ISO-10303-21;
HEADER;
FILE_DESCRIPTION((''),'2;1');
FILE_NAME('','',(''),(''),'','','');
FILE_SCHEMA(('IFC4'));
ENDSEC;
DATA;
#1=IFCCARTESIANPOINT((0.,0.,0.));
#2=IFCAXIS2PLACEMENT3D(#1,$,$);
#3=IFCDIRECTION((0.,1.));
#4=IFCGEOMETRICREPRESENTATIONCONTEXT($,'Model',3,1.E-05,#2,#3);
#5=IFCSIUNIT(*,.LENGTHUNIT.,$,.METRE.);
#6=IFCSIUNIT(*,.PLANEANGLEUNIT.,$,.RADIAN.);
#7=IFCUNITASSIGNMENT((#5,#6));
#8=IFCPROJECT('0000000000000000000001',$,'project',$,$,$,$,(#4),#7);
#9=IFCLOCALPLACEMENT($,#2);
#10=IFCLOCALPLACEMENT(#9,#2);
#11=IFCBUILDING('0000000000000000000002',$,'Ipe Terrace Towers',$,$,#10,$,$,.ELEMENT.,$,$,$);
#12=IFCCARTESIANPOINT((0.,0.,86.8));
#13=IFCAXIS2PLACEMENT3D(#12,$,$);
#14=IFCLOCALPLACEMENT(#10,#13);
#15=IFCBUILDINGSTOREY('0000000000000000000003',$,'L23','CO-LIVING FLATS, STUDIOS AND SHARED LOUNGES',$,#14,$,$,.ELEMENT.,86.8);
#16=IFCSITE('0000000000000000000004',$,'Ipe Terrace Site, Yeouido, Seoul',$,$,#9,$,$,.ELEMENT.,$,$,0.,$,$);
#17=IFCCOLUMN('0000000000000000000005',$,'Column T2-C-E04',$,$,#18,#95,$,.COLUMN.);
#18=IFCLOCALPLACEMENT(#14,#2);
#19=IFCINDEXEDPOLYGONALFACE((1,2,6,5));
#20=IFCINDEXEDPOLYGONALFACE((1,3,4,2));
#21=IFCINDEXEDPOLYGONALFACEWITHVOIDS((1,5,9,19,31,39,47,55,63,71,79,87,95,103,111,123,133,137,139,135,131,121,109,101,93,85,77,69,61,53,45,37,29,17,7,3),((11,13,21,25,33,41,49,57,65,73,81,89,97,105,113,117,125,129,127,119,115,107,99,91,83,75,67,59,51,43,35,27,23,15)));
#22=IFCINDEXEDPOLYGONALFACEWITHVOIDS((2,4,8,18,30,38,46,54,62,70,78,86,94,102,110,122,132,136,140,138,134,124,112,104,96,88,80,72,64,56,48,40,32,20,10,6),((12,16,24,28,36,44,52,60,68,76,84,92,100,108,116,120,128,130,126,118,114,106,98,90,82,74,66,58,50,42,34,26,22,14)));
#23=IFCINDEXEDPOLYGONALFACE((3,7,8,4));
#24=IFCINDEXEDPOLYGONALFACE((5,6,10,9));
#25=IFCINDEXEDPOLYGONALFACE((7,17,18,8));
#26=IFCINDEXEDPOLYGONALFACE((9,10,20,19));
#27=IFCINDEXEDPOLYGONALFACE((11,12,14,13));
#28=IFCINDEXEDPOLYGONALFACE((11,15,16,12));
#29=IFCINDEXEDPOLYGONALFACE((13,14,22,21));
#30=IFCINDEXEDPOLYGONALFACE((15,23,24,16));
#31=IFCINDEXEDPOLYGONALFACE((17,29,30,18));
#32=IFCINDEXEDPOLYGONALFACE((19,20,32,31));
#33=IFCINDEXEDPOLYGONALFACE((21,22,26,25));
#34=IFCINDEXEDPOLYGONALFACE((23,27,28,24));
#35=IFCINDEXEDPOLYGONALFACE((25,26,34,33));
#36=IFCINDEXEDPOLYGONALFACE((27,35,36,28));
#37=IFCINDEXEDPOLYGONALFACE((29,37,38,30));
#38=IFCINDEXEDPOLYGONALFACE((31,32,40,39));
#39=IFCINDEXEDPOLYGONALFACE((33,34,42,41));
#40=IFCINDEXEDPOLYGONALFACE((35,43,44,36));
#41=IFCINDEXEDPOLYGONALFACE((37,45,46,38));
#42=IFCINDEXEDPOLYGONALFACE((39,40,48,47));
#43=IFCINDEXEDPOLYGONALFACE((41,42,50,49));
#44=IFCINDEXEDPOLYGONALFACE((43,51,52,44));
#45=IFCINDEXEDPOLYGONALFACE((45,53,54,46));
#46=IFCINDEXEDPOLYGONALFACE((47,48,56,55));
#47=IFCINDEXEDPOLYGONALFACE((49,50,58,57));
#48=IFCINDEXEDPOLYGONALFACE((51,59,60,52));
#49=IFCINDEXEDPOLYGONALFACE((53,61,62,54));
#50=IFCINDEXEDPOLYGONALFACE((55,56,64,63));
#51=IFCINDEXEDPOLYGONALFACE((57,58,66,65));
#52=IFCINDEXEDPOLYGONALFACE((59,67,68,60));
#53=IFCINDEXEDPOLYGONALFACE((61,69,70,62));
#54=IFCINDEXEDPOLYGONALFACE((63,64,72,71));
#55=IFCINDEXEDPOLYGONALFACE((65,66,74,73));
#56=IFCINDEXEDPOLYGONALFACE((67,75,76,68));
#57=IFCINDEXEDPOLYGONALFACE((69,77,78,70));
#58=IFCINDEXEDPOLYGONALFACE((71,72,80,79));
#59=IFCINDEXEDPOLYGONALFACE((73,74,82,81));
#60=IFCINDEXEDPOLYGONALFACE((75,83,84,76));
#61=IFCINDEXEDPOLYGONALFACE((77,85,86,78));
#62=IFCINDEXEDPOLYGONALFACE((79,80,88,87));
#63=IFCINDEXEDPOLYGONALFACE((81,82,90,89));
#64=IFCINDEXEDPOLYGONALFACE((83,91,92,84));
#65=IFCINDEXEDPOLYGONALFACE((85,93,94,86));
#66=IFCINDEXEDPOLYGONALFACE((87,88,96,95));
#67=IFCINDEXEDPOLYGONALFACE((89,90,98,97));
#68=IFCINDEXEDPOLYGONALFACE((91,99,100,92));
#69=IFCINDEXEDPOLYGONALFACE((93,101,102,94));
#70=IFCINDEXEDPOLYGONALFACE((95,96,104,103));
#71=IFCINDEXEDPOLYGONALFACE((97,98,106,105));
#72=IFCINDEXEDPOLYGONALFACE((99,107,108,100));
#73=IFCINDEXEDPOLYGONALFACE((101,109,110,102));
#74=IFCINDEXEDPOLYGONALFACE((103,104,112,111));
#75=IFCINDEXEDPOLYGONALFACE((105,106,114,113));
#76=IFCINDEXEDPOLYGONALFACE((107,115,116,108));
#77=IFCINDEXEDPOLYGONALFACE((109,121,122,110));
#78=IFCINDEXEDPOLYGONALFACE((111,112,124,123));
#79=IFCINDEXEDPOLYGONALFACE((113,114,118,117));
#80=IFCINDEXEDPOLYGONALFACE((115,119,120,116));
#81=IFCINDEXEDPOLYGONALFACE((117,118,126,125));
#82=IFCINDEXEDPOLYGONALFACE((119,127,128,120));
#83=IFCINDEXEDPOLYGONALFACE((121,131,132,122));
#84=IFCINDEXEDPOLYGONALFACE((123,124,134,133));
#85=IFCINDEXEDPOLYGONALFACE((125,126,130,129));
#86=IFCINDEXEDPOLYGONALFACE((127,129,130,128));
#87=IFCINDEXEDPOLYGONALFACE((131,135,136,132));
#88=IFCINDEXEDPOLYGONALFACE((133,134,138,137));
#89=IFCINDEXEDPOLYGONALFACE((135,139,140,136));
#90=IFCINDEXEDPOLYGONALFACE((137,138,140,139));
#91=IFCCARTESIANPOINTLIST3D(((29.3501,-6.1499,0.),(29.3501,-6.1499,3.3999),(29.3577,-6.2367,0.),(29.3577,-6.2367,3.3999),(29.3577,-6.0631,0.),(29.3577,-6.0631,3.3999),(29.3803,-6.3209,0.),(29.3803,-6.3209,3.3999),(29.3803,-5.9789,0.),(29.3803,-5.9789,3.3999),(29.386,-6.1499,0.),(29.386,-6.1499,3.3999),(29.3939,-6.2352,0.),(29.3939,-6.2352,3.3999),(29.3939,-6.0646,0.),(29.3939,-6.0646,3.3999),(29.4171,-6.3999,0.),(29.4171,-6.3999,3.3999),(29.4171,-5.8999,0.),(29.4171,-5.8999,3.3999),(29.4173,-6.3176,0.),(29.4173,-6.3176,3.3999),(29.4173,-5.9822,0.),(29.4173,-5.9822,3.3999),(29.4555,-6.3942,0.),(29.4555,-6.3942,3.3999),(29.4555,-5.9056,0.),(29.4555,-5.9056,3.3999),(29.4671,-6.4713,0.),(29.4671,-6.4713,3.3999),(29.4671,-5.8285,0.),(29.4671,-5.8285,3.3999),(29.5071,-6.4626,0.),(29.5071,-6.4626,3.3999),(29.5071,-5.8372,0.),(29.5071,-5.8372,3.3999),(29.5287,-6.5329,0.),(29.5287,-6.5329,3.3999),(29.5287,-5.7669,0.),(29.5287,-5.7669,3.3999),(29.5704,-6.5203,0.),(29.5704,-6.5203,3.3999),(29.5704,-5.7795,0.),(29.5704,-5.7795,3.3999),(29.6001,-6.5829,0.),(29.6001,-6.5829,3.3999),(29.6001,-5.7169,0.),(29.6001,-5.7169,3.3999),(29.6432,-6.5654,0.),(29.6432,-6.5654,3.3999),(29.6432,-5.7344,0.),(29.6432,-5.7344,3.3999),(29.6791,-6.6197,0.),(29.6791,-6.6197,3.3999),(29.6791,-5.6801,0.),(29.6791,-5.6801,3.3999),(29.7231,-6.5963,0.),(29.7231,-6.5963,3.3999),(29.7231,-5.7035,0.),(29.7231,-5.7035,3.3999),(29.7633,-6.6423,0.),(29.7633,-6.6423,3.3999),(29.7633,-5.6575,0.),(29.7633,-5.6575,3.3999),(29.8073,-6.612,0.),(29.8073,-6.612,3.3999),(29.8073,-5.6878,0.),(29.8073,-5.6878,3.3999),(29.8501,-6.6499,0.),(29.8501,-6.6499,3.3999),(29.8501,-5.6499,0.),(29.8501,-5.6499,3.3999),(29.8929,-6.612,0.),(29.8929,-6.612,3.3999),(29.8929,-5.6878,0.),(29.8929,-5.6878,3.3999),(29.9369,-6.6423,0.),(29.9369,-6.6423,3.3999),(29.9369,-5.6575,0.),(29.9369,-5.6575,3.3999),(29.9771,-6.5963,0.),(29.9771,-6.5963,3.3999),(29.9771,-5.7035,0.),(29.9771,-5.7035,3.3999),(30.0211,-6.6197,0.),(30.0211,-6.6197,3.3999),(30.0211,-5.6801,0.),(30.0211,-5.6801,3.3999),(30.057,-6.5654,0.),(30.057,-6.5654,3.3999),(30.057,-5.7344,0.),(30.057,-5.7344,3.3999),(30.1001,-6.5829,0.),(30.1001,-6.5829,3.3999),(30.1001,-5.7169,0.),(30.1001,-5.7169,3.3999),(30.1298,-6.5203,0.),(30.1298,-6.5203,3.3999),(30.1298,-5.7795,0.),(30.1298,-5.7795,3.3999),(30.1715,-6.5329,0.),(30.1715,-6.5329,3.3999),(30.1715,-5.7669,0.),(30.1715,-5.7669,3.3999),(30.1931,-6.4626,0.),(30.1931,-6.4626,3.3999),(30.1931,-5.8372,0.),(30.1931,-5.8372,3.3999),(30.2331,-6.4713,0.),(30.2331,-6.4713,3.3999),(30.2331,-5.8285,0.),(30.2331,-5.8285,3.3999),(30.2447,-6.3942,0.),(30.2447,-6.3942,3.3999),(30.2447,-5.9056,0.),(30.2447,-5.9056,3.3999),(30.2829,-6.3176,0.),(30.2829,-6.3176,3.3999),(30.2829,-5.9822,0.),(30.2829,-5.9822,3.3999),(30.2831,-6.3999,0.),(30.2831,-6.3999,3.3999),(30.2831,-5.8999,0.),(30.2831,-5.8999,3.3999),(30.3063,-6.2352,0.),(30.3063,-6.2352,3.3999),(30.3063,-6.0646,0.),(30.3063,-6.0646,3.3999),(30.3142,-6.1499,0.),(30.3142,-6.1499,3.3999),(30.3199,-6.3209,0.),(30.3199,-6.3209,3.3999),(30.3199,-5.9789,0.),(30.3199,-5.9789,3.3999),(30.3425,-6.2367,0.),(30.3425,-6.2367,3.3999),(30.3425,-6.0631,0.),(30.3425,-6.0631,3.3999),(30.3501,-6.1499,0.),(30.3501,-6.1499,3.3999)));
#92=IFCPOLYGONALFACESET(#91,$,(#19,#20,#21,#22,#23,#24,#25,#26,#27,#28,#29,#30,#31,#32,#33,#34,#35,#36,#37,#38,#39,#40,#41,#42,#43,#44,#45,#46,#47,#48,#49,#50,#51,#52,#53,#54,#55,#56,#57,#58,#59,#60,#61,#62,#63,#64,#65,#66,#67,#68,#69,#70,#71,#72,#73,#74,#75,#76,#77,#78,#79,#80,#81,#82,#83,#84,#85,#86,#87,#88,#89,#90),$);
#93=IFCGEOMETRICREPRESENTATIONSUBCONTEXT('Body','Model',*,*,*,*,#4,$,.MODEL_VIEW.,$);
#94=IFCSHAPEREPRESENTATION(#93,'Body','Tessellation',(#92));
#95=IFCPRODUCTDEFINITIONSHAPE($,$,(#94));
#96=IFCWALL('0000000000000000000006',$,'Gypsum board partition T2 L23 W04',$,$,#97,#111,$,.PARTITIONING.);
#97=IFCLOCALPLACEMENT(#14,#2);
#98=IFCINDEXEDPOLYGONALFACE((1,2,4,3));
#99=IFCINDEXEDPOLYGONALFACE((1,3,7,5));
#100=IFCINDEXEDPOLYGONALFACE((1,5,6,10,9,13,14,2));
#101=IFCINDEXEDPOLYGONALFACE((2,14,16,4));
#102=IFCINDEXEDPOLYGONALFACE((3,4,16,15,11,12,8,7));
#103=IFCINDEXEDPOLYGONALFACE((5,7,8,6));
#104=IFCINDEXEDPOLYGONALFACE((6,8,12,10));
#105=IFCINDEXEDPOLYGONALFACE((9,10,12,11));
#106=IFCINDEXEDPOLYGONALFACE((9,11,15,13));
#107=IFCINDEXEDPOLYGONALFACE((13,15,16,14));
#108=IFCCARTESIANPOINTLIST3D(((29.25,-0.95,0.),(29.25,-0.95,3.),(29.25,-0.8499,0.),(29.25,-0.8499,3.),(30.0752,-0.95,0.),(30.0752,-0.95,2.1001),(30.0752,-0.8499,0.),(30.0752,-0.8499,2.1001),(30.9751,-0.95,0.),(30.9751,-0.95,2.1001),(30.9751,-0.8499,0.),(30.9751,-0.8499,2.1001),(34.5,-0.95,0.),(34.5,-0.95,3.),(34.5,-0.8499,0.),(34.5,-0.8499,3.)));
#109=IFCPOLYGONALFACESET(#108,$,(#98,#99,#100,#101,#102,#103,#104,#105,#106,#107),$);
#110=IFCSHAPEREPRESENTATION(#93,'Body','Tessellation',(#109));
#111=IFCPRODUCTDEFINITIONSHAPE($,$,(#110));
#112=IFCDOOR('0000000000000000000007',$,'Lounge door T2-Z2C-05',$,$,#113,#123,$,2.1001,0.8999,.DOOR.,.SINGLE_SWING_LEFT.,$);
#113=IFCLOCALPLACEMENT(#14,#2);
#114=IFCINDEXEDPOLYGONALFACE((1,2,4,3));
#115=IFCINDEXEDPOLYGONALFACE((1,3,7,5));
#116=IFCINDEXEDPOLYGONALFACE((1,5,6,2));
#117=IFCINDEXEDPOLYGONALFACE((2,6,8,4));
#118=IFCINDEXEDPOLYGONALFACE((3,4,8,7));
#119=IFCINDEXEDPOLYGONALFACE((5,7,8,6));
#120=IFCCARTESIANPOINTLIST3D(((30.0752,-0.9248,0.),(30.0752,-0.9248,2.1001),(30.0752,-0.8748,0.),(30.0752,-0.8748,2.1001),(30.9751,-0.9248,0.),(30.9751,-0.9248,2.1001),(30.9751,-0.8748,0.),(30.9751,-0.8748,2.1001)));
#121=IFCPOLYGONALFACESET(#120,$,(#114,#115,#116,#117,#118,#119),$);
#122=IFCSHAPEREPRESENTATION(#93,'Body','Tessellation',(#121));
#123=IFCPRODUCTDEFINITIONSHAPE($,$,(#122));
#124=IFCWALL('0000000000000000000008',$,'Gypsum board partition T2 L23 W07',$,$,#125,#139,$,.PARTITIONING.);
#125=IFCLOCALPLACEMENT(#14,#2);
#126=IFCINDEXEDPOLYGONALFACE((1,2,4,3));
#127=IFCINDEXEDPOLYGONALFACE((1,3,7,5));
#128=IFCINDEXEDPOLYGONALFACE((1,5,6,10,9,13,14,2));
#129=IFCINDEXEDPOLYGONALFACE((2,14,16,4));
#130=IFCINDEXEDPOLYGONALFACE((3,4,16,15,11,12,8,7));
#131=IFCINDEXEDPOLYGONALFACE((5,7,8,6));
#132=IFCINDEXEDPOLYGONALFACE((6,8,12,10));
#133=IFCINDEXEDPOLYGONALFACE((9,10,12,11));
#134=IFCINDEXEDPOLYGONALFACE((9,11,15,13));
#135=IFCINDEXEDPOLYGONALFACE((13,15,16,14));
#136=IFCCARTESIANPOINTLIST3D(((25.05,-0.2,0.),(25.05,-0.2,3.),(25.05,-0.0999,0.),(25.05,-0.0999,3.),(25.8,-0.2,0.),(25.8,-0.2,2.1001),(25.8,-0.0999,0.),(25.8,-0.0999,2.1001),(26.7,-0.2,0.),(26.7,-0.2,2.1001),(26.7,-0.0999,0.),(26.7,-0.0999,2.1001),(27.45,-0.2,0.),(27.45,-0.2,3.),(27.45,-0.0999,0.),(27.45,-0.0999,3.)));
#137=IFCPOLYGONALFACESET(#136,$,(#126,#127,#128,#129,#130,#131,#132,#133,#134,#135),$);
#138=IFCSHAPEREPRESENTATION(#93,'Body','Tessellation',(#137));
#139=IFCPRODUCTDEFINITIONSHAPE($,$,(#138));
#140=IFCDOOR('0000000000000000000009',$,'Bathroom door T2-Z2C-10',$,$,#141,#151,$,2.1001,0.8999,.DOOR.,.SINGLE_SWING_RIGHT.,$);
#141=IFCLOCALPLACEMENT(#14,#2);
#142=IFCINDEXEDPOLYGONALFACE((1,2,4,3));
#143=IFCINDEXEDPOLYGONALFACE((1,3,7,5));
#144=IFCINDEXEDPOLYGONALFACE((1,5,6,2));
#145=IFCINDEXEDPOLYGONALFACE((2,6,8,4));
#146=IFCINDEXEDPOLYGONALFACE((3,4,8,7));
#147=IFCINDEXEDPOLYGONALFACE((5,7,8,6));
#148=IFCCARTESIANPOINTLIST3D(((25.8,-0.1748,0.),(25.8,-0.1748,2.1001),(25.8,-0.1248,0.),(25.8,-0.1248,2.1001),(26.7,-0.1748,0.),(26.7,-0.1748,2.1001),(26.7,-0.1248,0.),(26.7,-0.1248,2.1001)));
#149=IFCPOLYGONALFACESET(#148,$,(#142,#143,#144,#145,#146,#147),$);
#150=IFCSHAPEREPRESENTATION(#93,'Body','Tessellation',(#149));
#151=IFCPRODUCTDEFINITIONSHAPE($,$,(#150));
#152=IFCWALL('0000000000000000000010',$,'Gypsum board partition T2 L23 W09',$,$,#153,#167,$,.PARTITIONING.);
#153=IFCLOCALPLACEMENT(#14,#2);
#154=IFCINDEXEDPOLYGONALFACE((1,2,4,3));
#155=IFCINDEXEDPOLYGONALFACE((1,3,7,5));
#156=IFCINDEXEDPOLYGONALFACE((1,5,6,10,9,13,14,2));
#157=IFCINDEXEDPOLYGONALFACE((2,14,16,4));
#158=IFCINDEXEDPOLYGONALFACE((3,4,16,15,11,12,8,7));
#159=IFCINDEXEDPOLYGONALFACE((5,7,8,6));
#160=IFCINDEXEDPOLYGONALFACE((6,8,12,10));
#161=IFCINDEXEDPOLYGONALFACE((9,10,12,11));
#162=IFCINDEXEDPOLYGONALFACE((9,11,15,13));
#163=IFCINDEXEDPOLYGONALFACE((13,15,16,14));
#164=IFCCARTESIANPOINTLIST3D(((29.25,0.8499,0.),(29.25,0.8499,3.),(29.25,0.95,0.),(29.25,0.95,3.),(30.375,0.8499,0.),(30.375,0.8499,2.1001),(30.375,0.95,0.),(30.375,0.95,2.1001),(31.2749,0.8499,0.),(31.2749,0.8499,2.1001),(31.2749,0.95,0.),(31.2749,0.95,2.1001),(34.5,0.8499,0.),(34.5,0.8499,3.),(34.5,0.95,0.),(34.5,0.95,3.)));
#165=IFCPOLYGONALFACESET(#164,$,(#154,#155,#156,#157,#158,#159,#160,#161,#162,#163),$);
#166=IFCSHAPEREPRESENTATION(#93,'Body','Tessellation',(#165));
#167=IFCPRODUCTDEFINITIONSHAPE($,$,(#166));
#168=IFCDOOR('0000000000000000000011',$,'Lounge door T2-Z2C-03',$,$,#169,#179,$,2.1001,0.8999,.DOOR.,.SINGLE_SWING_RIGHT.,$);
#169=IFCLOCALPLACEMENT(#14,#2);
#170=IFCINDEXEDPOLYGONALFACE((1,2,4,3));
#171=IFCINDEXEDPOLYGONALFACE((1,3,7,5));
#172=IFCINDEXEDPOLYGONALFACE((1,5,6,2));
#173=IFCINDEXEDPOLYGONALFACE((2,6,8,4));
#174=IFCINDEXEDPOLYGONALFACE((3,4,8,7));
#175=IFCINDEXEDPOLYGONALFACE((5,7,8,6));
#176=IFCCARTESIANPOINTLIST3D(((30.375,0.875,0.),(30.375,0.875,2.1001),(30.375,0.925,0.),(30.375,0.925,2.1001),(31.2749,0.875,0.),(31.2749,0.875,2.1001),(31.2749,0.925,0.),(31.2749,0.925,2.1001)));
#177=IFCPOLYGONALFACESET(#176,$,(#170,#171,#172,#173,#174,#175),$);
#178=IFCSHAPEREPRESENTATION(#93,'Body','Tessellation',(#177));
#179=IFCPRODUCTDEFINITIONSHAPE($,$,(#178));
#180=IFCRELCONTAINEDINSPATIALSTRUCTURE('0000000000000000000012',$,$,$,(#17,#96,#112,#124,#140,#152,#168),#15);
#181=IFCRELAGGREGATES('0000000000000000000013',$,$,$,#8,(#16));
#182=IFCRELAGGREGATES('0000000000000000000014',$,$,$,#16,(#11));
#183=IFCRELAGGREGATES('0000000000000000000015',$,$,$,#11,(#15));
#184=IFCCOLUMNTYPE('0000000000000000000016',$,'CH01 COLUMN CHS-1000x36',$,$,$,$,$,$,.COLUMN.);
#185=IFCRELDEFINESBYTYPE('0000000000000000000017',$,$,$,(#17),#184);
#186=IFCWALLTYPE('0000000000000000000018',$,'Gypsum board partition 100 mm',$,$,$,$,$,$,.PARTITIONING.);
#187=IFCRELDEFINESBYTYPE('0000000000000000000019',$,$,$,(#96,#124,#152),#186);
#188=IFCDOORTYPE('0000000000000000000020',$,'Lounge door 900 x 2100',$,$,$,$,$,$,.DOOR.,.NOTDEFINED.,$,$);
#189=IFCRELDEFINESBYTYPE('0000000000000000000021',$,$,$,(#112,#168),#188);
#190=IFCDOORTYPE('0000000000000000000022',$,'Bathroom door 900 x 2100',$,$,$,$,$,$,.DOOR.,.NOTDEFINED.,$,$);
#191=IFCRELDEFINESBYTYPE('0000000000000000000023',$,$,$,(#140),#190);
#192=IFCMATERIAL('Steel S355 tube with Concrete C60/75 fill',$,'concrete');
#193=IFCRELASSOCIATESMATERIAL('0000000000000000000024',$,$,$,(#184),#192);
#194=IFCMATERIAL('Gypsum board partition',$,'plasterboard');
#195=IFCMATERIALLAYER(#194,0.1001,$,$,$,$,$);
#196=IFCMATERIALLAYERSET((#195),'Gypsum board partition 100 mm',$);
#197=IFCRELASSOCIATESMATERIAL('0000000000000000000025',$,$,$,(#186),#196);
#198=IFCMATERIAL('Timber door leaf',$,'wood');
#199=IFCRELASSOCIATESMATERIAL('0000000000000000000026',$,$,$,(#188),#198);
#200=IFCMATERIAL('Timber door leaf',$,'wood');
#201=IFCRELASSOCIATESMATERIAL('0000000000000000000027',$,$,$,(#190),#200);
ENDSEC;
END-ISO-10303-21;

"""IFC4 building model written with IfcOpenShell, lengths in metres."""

from ifc_helpers import new_model, si_unit, direction, frame, frame_2d, origin, origin_2d, place, context, subcontext, project, spatial, rectangle, hollow_circle, extrude, material, layer, layer_set, material_profile, profile_set, type_object, element, fill, save


model = new_model("IFC4")

# Units and contexts
model_context = context("Model", 3, precision=1e-05, world=origin(), true_north=direction((0.0, 1.0)))
body_context = subcontext(model_context, "Body", "Model", "MODEL_VIEW")
ifc_project = project(units=[si_unit("LENGTHUNIT", "METRE"), si_unit("PLANEANGLEUNIT", "RADIAN")], contexts=[model_context])

# Site, building, storey
site_placement = place(None, origin())
site = spatial("IfcSite", under=ifc_project, at=site_placement, Name="Ipe Terrace Site, Yeouido, Seoul", CompositionType="ELEMENT", RefElevation=0.0)
building_placement = place(site_placement, origin())
building = spatial("IfcBuilding", under=site, at=building_placement, Name="Ipe Terrace Towers", CompositionType="ELEMENT")
storey_placement = place(building_placement, frame((0.0, 0.0, 86.8)))
storey = spatial("IfcBuildingStorey", under=building, at=storey_placement, Name="L23", Description="CO-LIVING FLATS, STUDIOS AND SHARED LOUNGES", CompositionType="ELEMENT", Elevation=86.8)

# Column
ifc_material_1 = material(Name="Steel S355 tube with Concrete C60/75 fill", Category="concrete")
ifc_material_profile = material_profile(ifc_material_1, hollow_circle(Radius=0.5, WallThickness=0.0359, at=origin_2d()), Name="CHS-1000x36")
ifc_profile_set = profile_set([ifc_material_profile], Name="Steel S355 tube with Concrete C60/75 fill")
column_type = type_object("IfcColumnType", Name="CH01 COLUMN CHS-1000x36", PredefinedType="COLUMN", material=ifc_profile_set)
column_placement = place(storey_placement, frame((29.8501, -6.1499, 0.0), z_axis=(0.0, 0.0, 1.0), x_axis=(1.0, 0.0, 0.0)))
element("IfcColumn", 1, at=column_placement, inside=storey, type_object=column_type, Name="Column T2-C-E04", PredefinedType="COLUMN", context=body_context, shape_type="SweptSolid", body=[
    extrude(hollow_circle(Radius=0.5, WallThickness=0.0359, at=origin_2d()), origin(), (0.0, 0.0, 1.0), 3.3999),
])

# Walls, openings, doors
ifc_material_2 = material(Name="Gypsum board partition", Category="plasterboard")
ifc_layer_1 = layer(ifc_material_2, 0.1001)
ifc_layer_set_1 = layer_set([ifc_layer_1], Name="Gypsum board partition 100 mm")
wall_type_1 = type_object("IfcWallType", Name="Gypsum board partition 100 mm", PredefinedType="PARTITIONING", material=ifc_layer_set_1)
wall_1_placement = place(storey_placement, frame((34.5, -0.8999, 0.0), z_axis=(0.0, 0.0, 1.0), x_axis=(-1.0, 0.0, 0.0)))
wall_1 = element("IfcWall", 2, at=wall_1_placement, inside=storey, type_object=wall_type_1, Name="Gypsum board partition T2 L23 W04", PredefinedType="PARTITIONING", context=body_context, shape_type="SweptSolid", body=[
    extrude(rectangle(XDim=5.25, YDim=0.1001, at=frame_2d((2.625, 0.0))), origin(), (0.0, 0.0, 1.0), 3.0),
])
opening_1_placement = place(wall_1_placement, frame((3.5249, 0.0, 0.0)))
opening_1 = element("IfcOpeningElement", 3, at=opening_1_placement, cuts=wall_1, PredefinedType="OPENING", context=body_context, shape_type="SweptSolid", body=[
    extrude(rectangle(XDim=0.8999, YDim=2.1001, at=frame_2d((0.45, 1.05))), frame((0.0, 0.0601, 0.0), z_axis=(0.0, -1.0, 0.0), x_axis=(1.0, 0.0, 0.0)), (0.0, 0.0, 1.0), 0.1201),
])
ifc_material_3 = material(Name="Timber door leaf", Category="wood")
door_type_1 = type_object("IfcDoorType", Name="Lounge door 900 x 2100", OperationType="NOTDEFINED", PredefinedType="DOOR", material=ifc_material_3)
door_1_placement = place(opening_1_placement, origin())
door_1 = element("IfcDoor", 4, at=door_1_placement, inside=storey, type_object=door_type_1, Name="Lounge door T2-Z2C-05", OperationType="SINGLE_SWING_LEFT", OverallHeight=2.1001, OverallWidth=0.8999, PredefinedType="DOOR", context=body_context, shape_type="SweptSolid", body=[
    extrude(rectangle(XDim=0.8999, YDim=2.1001, at=frame_2d((0.45, 1.05))), frame((0.0, 0.0249, 0.0), z_axis=(0.0, -1.0, 0.0), x_axis=(1.0, 0.0, 0.0)), (0.0, 0.0, 1.0), 0.05),
])
fill(opening_1, door_1)
wall_2_placement = place(storey_placement, frame((27.45, -0.1499, 0.0), z_axis=(0.0, 0.0, 1.0), x_axis=(-1.0, 0.0, 0.0)))
wall_2 = element("IfcWall", 5, at=wall_2_placement, inside=storey, type_object=wall_type_1, Name="Gypsum board partition T2 L23 W07", PredefinedType="PARTITIONING", context=body_context, shape_type="SweptSolid", body=[
    extrude(rectangle(XDim=2.3999, YDim=0.1001, at=frame_2d((1.2, 0.0))), origin(), (0.0, 0.0, 1.0), 3.0),
])
opening_2_placement = place(wall_2_placement, frame((0.75, 0.0, 0.0)))
opening_2 = element("IfcOpeningElement", 6, at=opening_2_placement, cuts=wall_2, PredefinedType="OPENING", context=body_context, shape_type="SweptSolid", body=[
    extrude(rectangle(XDim=0.8999, YDim=2.1001, at=frame_2d((0.45, 1.05))), frame((0.0, 0.0601, 0.0), z_axis=(0.0, -1.0, 0.0), x_axis=(1.0, 0.0, 0.0)), (0.0, 0.0, 1.0), 0.1201),
])
ifc_material_4 = material(Name="Timber door leaf", Category="wood")
door_type_2 = type_object("IfcDoorType", Name="Bathroom door 900 x 2100", OperationType="NOTDEFINED", PredefinedType="DOOR", material=ifc_material_4)
door_2_placement = place(opening_2_placement, origin())
door_2 = element("IfcDoor", 7, at=door_2_placement, inside=storey, type_object=door_type_2, Name="Bathroom door T2-Z2C-10", OperationType="SINGLE_SWING_RIGHT", OverallHeight=2.1001, OverallWidth=0.8999, PredefinedType="DOOR", context=body_context, shape_type="SweptSolid", body=[
    extrude(rectangle(XDim=0.8999, YDim=2.1001, at=frame_2d((0.45, 1.05))), frame((0.0, 0.0249, 0.0), z_axis=(0.0, -1.0, 0.0), x_axis=(1.0, 0.0, 0.0)), (0.0, 0.0, 1.0), 0.05),
])
fill(opening_2, door_2)
wall_3_placement = place(storey_placement, frame((34.5, 0.8999, 0.0), z_axis=(0.0, 0.0, 1.0), x_axis=(-1.0, 0.0, 0.0)))
wall_3 = element("IfcWall", 8, at=wall_3_placement, inside=storey, type_object=wall_type_1, Name="Gypsum board partition T2 L23 W09", PredefinedType="PARTITIONING", context=body_context, shape_type="SweptSolid", body=[
    extrude(rectangle(XDim=5.25, YDim=0.1001, at=frame_2d((2.625, 0.0))), origin(), (0.0, 0.0, 1.0), 3.0),
])
opening_3_placement = place(wall_3_placement, frame((3.2251, 0.0, 0.0)))
opening_3 = element("IfcOpeningElement", 9, at=opening_3_placement, cuts=wall_3, PredefinedType="OPENING", context=body_context, shape_type="SweptSolid", body=[
    extrude(rectangle(XDim=0.8999, YDim=2.1001, at=frame_2d((0.45, 1.05))), frame((0.0, 0.0601, 0.0), z_axis=(0.0, -1.0, 0.0), x_axis=(1.0, 0.0, 0.0)), (0.0, 0.0, 1.0), 0.1201),
])
door_3_placement = place(opening_3_placement, origin())
door_3 = element("IfcDoor", 10, at=door_3_placement, inside=storey, type_object=door_type_1, Name="Lounge door T2-Z2C-03", OperationType="SINGLE_SWING_RIGHT", OverallHeight=2.1001, OverallWidth=0.8999, PredefinedType="DOOR", context=body_context, shape_type="SweptSolid", body=[
    extrude(rectangle(XDim=0.8999, YDim=2.1001, at=frame_2d((0.45, 1.05))), frame((0.0, 0.0249, 0.0), z_axis=(0.0, -1.0, 0.0), x_axis=(1.0, 0.0, 0.0)), (0.0, 0.0, 1.0), 0.05),
])
fill(opening_3, door_3)

save(model, "model.ifc")
